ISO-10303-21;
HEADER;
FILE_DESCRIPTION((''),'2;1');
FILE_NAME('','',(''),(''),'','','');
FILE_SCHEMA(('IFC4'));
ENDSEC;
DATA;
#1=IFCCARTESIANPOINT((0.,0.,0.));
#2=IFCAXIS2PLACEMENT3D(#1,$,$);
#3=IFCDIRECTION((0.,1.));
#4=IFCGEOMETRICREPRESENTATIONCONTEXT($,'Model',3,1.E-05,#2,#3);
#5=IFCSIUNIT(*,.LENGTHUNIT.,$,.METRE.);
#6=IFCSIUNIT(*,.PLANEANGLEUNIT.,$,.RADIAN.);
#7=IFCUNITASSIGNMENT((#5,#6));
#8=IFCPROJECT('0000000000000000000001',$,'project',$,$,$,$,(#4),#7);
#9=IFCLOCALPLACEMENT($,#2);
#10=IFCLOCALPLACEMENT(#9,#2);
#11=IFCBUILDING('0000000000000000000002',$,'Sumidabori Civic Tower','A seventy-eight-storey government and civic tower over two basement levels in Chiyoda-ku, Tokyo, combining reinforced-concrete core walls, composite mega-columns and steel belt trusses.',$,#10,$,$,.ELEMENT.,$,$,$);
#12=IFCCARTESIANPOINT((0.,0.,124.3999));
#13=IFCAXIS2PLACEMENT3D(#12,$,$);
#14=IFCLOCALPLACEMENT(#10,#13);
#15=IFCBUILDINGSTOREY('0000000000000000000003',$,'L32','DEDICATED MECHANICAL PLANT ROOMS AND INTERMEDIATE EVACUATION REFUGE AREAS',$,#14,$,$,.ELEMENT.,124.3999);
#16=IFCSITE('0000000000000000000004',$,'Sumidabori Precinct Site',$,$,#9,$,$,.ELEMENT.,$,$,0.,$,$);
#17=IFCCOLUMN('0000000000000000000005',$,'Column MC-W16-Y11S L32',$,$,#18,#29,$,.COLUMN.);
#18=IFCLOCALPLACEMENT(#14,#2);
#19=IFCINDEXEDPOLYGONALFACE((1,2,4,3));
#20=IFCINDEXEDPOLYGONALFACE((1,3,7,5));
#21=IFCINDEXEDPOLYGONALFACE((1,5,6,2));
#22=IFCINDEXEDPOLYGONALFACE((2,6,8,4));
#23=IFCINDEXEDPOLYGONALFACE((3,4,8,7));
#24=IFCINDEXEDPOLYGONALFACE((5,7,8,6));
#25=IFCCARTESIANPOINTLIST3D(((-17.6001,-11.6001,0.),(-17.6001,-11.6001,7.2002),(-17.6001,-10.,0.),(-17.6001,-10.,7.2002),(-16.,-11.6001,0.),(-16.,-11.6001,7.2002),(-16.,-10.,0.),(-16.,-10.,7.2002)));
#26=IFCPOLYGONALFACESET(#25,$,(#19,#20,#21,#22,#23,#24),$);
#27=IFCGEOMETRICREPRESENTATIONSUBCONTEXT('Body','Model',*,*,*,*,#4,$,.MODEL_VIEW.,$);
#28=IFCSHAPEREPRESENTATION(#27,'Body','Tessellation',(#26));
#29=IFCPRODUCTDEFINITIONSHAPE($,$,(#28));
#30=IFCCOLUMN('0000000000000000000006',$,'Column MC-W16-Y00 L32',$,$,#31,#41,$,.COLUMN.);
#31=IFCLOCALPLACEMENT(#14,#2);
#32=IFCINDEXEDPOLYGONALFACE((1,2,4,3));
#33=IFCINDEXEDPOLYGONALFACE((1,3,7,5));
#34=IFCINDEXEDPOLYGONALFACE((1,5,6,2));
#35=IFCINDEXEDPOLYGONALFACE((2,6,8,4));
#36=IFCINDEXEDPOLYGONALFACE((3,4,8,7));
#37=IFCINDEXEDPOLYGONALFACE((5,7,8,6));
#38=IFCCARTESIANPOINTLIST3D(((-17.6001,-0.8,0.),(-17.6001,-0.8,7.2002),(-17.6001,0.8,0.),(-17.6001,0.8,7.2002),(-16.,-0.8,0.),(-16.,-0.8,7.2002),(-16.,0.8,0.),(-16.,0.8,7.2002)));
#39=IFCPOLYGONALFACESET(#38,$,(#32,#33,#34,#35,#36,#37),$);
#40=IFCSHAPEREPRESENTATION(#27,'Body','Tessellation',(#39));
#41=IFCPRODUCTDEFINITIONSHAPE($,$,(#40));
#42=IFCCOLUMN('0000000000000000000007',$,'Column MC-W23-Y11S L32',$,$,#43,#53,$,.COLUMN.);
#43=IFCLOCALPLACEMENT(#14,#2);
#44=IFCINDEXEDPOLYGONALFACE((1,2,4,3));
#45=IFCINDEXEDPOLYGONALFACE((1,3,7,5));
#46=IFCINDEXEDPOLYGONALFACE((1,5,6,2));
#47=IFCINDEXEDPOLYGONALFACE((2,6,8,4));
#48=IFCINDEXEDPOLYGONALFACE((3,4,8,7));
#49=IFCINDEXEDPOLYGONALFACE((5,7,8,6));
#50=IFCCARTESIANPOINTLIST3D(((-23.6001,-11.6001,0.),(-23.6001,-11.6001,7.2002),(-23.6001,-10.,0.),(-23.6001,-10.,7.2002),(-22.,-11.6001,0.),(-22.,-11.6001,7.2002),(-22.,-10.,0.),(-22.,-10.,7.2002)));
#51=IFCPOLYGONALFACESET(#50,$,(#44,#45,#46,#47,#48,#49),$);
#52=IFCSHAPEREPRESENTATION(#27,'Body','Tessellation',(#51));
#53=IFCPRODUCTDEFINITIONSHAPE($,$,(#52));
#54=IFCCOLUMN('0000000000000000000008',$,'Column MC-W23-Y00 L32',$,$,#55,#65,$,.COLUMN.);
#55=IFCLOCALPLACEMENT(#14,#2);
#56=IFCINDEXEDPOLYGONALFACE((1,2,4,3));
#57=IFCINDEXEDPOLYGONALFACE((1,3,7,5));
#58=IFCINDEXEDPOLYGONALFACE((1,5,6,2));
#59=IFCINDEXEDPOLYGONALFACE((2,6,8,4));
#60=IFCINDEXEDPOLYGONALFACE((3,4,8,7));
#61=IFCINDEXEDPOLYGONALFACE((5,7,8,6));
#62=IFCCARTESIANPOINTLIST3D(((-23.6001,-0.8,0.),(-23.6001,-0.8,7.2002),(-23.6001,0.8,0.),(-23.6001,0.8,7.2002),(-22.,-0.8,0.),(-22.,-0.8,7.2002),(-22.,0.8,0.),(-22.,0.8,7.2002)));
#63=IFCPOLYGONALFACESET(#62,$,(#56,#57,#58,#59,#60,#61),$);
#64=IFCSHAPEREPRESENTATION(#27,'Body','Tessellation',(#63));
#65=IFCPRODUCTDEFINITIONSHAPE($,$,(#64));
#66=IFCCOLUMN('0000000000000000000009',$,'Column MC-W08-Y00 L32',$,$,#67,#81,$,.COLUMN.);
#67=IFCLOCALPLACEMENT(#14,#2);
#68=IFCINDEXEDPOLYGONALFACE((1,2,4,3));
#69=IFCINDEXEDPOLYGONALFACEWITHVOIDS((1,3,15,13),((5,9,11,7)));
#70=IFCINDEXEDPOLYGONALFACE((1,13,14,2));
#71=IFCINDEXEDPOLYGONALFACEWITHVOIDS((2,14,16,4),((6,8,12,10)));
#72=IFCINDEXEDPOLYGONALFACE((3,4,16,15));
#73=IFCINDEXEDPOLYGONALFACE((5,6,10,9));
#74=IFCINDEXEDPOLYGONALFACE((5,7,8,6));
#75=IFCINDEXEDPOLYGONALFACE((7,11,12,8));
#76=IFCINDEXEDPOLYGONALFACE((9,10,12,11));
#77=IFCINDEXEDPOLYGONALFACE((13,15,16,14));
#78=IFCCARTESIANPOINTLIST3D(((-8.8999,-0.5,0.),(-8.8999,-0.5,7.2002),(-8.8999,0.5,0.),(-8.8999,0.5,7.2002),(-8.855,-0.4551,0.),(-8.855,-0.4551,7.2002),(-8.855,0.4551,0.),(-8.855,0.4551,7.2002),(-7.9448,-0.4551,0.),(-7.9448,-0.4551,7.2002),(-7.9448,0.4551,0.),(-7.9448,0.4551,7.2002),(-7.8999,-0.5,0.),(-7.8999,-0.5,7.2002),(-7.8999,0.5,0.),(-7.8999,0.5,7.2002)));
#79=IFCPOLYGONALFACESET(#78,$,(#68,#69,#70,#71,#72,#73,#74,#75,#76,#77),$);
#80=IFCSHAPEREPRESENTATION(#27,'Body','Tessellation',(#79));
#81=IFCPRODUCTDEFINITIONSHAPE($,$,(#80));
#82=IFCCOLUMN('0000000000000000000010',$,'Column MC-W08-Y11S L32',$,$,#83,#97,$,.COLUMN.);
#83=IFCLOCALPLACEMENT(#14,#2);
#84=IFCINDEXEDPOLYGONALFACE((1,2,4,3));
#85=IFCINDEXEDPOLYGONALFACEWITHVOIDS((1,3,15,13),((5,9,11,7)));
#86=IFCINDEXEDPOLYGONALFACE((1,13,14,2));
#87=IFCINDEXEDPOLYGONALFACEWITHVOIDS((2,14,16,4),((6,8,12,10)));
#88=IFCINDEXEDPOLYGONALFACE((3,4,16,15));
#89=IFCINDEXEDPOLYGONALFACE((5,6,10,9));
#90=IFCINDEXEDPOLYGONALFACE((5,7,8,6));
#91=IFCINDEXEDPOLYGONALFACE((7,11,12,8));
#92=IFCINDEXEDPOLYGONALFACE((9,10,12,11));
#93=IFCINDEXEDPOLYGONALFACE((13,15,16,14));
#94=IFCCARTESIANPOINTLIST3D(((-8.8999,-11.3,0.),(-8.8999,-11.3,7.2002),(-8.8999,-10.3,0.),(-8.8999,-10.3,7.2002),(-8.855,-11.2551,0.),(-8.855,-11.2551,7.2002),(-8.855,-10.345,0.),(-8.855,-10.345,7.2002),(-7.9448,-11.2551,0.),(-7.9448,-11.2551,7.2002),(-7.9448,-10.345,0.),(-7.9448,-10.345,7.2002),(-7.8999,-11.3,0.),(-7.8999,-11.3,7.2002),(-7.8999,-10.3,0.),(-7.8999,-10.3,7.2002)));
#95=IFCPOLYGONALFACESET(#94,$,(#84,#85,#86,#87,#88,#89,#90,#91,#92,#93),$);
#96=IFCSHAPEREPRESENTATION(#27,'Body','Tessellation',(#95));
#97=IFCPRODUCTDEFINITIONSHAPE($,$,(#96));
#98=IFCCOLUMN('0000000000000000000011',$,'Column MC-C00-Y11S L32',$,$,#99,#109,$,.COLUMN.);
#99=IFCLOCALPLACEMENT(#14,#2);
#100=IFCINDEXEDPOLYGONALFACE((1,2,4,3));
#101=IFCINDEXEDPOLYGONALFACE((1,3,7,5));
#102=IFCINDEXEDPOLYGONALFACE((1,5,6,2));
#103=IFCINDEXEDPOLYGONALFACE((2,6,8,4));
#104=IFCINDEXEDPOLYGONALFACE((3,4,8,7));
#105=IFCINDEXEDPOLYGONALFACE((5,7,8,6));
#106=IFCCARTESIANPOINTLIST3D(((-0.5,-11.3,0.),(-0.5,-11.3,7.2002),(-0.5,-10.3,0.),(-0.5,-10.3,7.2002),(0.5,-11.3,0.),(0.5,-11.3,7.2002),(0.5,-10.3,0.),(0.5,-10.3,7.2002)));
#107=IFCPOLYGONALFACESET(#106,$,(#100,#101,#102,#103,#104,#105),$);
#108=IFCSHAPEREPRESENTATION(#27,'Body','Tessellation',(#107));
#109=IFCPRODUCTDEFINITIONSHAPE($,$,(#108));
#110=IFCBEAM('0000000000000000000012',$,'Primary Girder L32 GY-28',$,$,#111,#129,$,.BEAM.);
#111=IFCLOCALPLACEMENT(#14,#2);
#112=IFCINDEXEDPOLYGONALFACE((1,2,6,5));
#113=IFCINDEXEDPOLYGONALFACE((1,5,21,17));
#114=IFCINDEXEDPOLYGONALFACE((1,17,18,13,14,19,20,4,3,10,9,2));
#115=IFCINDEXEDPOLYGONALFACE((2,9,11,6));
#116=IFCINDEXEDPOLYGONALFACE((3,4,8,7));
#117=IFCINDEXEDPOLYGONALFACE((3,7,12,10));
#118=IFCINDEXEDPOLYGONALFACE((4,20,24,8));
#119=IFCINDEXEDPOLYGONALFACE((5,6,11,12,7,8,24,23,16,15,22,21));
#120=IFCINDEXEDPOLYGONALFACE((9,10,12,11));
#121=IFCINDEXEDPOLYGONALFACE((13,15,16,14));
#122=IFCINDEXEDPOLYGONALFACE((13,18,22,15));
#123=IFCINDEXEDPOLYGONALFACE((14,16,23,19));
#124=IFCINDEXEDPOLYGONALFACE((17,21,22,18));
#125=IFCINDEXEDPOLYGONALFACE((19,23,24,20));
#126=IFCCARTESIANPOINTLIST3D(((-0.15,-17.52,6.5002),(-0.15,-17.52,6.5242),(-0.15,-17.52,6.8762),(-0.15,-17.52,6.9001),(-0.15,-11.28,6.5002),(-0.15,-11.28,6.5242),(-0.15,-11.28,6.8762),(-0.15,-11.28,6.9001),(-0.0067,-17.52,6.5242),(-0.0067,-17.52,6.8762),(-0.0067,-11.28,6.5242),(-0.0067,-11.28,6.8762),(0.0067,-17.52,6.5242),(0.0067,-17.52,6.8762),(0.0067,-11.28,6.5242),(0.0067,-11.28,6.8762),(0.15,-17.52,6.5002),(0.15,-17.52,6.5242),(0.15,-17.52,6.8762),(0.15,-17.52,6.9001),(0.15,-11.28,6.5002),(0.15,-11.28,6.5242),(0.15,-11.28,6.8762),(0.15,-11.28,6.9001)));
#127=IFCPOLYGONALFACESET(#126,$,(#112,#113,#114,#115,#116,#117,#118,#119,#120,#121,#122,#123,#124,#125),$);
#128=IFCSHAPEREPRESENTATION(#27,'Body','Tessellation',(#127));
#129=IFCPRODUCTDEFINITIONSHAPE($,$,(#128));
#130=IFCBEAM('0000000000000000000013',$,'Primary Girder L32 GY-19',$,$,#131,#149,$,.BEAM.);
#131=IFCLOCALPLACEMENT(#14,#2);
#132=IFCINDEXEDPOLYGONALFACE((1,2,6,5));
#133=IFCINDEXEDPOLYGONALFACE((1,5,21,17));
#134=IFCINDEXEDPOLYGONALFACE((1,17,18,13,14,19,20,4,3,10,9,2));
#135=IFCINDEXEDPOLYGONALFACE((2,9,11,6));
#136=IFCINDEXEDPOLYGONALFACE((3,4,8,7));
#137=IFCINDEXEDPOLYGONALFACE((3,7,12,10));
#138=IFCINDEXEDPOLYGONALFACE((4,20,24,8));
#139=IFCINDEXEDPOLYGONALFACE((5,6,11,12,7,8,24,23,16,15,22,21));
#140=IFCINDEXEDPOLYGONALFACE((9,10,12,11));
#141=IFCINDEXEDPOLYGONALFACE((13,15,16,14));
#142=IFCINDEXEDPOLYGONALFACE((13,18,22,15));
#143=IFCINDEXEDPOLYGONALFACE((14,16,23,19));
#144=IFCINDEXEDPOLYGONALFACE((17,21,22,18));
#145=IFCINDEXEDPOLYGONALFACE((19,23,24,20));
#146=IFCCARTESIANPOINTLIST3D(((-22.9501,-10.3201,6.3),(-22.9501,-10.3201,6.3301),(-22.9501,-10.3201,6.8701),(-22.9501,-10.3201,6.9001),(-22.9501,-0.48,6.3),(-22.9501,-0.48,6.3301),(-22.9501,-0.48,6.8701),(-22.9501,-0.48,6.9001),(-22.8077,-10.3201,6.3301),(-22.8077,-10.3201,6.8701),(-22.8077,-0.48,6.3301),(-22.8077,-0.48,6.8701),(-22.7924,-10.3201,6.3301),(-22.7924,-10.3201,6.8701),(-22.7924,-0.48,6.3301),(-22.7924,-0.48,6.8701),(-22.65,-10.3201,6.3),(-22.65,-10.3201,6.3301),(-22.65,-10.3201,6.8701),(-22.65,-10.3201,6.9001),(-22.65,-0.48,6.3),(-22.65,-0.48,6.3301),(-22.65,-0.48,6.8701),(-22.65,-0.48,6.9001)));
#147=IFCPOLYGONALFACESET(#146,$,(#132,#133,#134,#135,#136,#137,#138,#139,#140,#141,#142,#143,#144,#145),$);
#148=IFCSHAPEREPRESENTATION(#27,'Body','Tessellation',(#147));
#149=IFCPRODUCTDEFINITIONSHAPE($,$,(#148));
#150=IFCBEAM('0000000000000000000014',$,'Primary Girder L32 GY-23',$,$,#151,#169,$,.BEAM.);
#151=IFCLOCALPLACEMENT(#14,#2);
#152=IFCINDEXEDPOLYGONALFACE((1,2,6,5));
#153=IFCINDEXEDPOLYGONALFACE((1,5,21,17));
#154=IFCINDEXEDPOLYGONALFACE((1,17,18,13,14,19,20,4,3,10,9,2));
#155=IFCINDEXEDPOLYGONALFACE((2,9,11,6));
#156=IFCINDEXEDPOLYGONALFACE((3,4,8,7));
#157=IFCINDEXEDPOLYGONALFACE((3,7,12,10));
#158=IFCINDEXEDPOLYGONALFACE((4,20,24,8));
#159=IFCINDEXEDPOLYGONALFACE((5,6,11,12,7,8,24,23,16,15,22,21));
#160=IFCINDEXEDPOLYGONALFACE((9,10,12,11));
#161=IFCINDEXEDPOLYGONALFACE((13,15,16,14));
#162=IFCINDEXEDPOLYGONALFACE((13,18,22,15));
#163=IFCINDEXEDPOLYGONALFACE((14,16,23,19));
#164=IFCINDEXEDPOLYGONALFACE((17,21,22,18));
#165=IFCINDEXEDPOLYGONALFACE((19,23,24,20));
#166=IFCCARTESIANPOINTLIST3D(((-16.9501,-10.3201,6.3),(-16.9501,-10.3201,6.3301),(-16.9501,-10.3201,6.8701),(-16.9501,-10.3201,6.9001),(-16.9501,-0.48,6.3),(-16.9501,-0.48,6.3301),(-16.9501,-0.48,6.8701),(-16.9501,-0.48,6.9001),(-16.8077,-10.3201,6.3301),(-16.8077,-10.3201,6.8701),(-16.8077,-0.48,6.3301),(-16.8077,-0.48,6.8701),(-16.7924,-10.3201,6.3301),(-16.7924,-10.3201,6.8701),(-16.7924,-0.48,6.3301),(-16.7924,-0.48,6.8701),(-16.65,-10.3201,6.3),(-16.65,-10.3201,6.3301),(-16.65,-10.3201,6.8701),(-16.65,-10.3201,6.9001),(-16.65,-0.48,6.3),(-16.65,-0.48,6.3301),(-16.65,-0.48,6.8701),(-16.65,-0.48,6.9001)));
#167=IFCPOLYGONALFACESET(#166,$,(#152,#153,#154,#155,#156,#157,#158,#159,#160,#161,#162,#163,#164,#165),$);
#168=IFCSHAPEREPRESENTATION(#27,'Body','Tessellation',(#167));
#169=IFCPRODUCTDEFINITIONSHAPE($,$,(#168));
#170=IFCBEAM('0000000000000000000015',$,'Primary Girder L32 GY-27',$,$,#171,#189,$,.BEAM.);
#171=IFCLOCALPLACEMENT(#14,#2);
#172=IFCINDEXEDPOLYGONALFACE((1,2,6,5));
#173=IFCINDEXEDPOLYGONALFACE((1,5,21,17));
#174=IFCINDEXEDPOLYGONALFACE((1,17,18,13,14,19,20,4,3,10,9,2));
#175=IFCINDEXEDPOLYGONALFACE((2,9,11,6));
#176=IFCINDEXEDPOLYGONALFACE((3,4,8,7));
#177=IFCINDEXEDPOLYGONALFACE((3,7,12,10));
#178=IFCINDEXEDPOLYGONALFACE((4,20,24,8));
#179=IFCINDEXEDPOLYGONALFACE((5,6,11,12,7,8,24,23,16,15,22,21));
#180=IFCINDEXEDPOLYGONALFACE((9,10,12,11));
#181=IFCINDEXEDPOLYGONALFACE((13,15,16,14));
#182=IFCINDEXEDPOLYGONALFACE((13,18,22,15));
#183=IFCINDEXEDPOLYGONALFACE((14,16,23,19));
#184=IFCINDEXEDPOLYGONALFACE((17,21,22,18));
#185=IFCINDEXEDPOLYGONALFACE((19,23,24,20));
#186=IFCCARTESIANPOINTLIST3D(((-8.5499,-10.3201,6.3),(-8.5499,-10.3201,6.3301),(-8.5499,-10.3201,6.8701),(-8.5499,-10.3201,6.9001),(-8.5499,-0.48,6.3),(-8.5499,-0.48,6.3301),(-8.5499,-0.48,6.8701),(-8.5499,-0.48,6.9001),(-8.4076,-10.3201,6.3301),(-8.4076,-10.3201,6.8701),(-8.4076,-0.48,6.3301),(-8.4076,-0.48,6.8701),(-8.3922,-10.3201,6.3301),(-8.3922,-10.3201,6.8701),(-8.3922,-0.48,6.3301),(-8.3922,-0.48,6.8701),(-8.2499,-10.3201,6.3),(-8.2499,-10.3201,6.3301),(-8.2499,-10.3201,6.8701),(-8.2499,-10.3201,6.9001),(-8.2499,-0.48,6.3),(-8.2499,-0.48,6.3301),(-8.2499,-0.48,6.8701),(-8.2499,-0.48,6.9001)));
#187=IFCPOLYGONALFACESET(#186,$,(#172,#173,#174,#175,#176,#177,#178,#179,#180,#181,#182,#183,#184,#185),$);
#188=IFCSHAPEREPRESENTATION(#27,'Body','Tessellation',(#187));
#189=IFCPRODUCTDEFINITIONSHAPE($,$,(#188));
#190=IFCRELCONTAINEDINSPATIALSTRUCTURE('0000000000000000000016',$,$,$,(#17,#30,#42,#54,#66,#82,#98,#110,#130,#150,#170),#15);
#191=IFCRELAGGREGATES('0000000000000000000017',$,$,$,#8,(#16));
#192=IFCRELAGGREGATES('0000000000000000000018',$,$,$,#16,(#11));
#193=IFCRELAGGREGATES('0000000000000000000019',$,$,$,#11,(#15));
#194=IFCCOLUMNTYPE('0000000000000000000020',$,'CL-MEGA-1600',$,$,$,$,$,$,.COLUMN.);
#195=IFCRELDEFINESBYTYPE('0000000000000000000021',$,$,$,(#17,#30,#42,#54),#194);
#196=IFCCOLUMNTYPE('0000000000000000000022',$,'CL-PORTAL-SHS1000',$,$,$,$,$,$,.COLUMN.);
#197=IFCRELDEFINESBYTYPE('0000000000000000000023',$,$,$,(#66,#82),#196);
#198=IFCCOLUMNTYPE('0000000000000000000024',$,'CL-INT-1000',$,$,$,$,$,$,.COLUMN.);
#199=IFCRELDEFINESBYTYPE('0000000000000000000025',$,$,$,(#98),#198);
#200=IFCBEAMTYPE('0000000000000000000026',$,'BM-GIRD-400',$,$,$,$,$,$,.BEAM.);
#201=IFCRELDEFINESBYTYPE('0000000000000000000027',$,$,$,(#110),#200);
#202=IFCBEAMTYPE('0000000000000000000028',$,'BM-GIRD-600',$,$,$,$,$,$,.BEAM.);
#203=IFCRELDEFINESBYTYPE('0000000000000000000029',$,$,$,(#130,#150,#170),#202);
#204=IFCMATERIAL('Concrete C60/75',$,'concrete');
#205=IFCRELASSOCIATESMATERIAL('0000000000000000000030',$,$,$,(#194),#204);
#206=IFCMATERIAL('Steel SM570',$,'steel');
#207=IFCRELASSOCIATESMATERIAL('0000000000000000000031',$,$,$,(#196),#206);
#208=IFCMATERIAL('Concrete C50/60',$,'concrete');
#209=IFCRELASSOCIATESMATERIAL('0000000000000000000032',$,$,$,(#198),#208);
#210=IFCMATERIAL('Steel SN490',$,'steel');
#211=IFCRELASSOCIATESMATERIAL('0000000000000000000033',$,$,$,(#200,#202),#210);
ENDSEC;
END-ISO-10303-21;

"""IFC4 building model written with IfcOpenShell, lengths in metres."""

from ifc_helpers import new_model, si_unit, direction, frame, origin, origin_2d, place, context, subcontext, project, spatial, rectangle, hollow_rectangle, i_section, extrude, source, transform, mapped, material, material_profile, profile_set, type_object, element, save


model = new_model("IFC4")

# Units and contexts
model_context = context("Model", 3, precision=1e-05, world=origin(), true_north=direction((0.0, 1.0)))
body_context = subcontext(model_context, "Body", "Model", "MODEL_VIEW")
ifc_project = project(units=[si_unit("LENGTHUNIT", "METRE"), si_unit("PLANEANGLEUNIT", "RADIAN")], contexts=[model_context])

# Site, building, storey
site_placement = place(None, origin())
site = spatial("IfcSite", under=ifc_project, at=site_placement, Name="Sumidabori Precinct Site", CompositionType="ELEMENT", RefElevation=0.0)
building_placement = place(site_placement, origin())
building = spatial("IfcBuilding", under=site, at=building_placement, Name="Sumidabori Civic Tower", Description="A seventy-eight-storey government and civic tower over two basement levels in Chiyoda-ku, Tokyo, combining reinforced-concrete core walls, composite mega-columns and steel belt trusses.", CompositionType="ELEMENT")
storey_placement = place(building_placement, frame((0.0, 0.0, 124.3999)))
storey = spatial("IfcBuildingStorey", under=building, at=storey_placement, Name="L32", Description="DEDICATED MECHANICAL PLANT ROOMS AND INTERMEDIATE EVACUATION REFUGE AREAS", CompositionType="ELEMENT", Elevation=124.3999)

# Columns
ifc_material_1 = material(Name="Concrete C60/75", Category="concrete")
ifc_material_profile_1 = material_profile(ifc_material_1, rectangle(XDim=1.6001, YDim=1.6001, at=origin_2d()), Name="RC 1600x1600")
ifc_profile_set_1 = profile_set([ifc_material_profile_1], Name="Concrete C60/75")
column_type_1 = type_object("IfcColumnType", Name="CL-MEGA-1600", PredefinedType="COLUMN", material=ifc_profile_set_1)
shared_shape_1 = source(origin(), body_context, "Body", "SweptSolid", [
    extrude(rectangle(XDim=1.6001, YDim=1.6001, at=origin_2d()), origin(), (0.0, 0.0, 1.0), 7.2002),
])
for number, where, z_axis, x_axis, name in (
    (1, (-16.8, -10.8, 0.0), (0.0, 0.0, 1.0), (1.0, 0.0, 0.0), "Column MC-W16-Y11S L32"),
    (2, (-16.8, 0.0, 0.0), (0.0, 0.0, 1.0), (1.0, 0.0, 0.0), "Column MC-W16-Y00 L32"),
    (3, (-22.8, -10.8, 0.0), (0.0, 0.0, 1.0), (1.0, 0.0, 0.0), "Column MC-W23-Y11S L32"),
    (4, (-22.8, 0.0, 0.0), (0.0, 0.0, 1.0), (1.0, 0.0, 0.0), "Column MC-W23-Y00 L32"),
):
    element("IfcColumn", number, at=place(storey_placement, frame(where, z_axis=z_axis, x_axis=x_axis)), inside=storey, type_object=column_type_1, Name=name, PredefinedType="COLUMN", context=body_context, shape_type="MappedRepresentation", body=[
        mapped(shared_shape_1, transform((0.0, 0.0, 0.0), x_axis=(1.0, 0.0, 0.0), y_axis=(0.0, 1.0, 0.0), z_axis=(0.0, 0.0, 1.0), scale=1.0)),
    ])
ifc_material_2 = material(Name="Steel SM570", Category="steel")
ifc_material_profile_2 = material_profile(ifc_material_2, hollow_rectangle(XDim=1.0, YDim=1.0, WallThickness=0.0449, at=origin_2d()), Name="SHS 1000x1000x45")
ifc_profile_set_2 = profile_set([ifc_material_profile_2], Name="Steel SM570")
column_type_2 = type_object("IfcColumnType", Name="CL-PORTAL-SHS1000", PredefinedType="COLUMN", material=ifc_profile_set_2)
shared_shape_2 = source(origin(), body_context, "Body", "SweptSolid", [
    extrude(hollow_rectangle(XDim=1.0, YDim=1.0, WallThickness=0.0449, at=origin_2d()), origin(), (0.0, 0.0, 1.0), 7.2002),
])
for number, where, z_axis, x_axis, name in (
    (5, (-8.3999, 0.0, 0.0), (0.0, 0.0, 1.0), (1.0, 0.0, 0.0), "Column MC-W08-Y00 L32"),
    (6, (-8.3999, -10.8, 0.0), (0.0, 0.0, 1.0), (1.0, 0.0, 0.0), "Column MC-W08-Y11S L32"),
):
    element("IfcColumn", number, at=place(storey_placement, frame(where, z_axis=z_axis, x_axis=x_axis)), inside=storey, type_object=column_type_2, Name=name, PredefinedType="COLUMN", context=body_context, shape_type="MappedRepresentation", body=[
        mapped(shared_shape_2, transform((0.0, 0.0, 0.0), x_axis=(1.0, 0.0, 0.0), y_axis=(0.0, 1.0, 0.0), z_axis=(0.0, 0.0, 1.0), scale=1.0)),
    ])
ifc_material_3 = material(Name="Concrete C50/60", Category="concrete")
ifc_material_profile_3 = material_profile(ifc_material_3, rectangle(XDim=1.0, YDim=1.0, at=origin_2d()), Name="RC 1000x1000")
ifc_profile_set_3 = profile_set([ifc_material_profile_3], Name="Concrete C50/60")
column_type_3 = type_object("IfcColumnType", Name="CL-INT-1000", PredefinedType="COLUMN", material=ifc_profile_set_3)
shared_shape_3 = source(origin(), body_context, "Body", "SweptSolid", [
    extrude(rectangle(XDim=1.0, YDim=1.0, at=origin_2d()), origin(), (0.0, 0.0, 1.0), 7.2002),
])
column_placement = place(storey_placement, frame((0.0, -10.8, 0.0), z_axis=(0.0, 0.0, 1.0), x_axis=(1.0, 0.0, 0.0)))
element("IfcColumn", 7, at=column_placement, inside=storey, type_object=column_type_3, Name="Column MC-C00-Y11S L32", PredefinedType="COLUMN", context=body_context, shape_type="MappedRepresentation", body=[
    mapped(shared_shape_3, transform((0.0, 0.0, 0.0), x_axis=(1.0, 0.0, 0.0), y_axis=(0.0, 1.0, 0.0), z_axis=(0.0, 0.0, 1.0), scale=1.0)),
])

# Beams
ifc_material_4 = material(Name="Steel SN490", Category="steel")
ifc_material_profile_4 = material_profile(ifc_material_4, i_section(OverallWidth=0.3, OverallDepth=0.3999, WebThickness=0.0134, FlangeThickness=0.0239, at=origin_2d()), Name="HE 400 B")
ifc_profile_set_4 = profile_set([ifc_material_profile_4], Name="Steel SN490")
beam_type_1 = type_object("IfcBeamType", Name="BM-GIRD-400", PredefinedType="BEAM", material=ifc_profile_set_4)
shared_shape_4 = source(origin(), body_context, "Body", "SweptSolid", [
    extrude(i_section(OverallWidth=0.3, OverallDepth=0.3999, WebThickness=0.0134, FlangeThickness=0.0239, at=origin_2d()), origin(), (0.0, 0.0, 1.0), 6.24),
])
beam_placement = place(storey_placement, frame((0.0, -17.52, 6.7002), z_axis=(0.0, 1.0, 0.0), x_axis=(-1.0, 0.0, 0.0)))
element("IfcBeam", 8, at=beam_placement, inside=storey, type_object=beam_type_1, Name="Primary Girder L32 GY-28", PredefinedType="BEAM", context=body_context, shape_type="MappedRepresentation", body=[
    mapped(shared_shape_4, transform((0.0, 0.0, 0.0), x_axis=(1.0, 0.0, 0.0), y_axis=(0.0, 1.0, 0.0), z_axis=(0.0, 0.0, 1.0), scale=1.0)),
])
ifc_material_profile_5 = material_profile(ifc_material_4, i_section(OverallWidth=0.3, OverallDepth=0.6001, WebThickness=0.0154, FlangeThickness=0.03, at=origin_2d()), Name="HE 600 B")
ifc_profile_set_5 = profile_set([ifc_material_profile_5], Name="Steel SN490")
beam_type_2 = type_object("IfcBeamType", Name="BM-GIRD-600", PredefinedType="BEAM", material=ifc_profile_set_5)
shared_shape_5 = source(origin(), body_context, "Body", "SweptSolid", [
    extrude(i_section(OverallWidth=0.3, OverallDepth=0.6001, WebThickness=0.0154, FlangeThickness=0.03, at=origin_2d()), origin(), (0.0, 0.0, 1.0), 9.8401),
])
for number, where, z_axis, x_axis, name in (
    (9, (-22.8, -10.3201, 6.6001), (0.0, 1.0, 0.0), (-1.0, 0.0, 0.0), "Primary Girder L32 GY-19"),
    (10, (-16.8, -10.3201, 6.6001), (0.0, 1.0, 0.0), (-1.0, 0.0, 0.0), "Primary Girder L32 GY-23"),
    (11, (-8.3999, -10.3201, 6.6001), (0.0, 1.0, 0.0), (-1.0, 0.0, 0.0), "Primary Girder L32 GY-27"),
):
    element("IfcBeam", number, at=place(storey_placement, frame(where, z_axis=z_axis, x_axis=x_axis)), inside=storey, type_object=beam_type_2, Name=name, PredefinedType="BEAM", context=body_context, shape_type="MappedRepresentation", body=[
        mapped(shared_shape_5, transform((0.0, 0.0, 0.0), x_axis=(1.0, 0.0, 0.0), y_axis=(0.0, 1.0, 0.0), z_axis=(0.0, 0.0, 1.0), scale=1.0)),
    ])

save(model, "model.ifc")
